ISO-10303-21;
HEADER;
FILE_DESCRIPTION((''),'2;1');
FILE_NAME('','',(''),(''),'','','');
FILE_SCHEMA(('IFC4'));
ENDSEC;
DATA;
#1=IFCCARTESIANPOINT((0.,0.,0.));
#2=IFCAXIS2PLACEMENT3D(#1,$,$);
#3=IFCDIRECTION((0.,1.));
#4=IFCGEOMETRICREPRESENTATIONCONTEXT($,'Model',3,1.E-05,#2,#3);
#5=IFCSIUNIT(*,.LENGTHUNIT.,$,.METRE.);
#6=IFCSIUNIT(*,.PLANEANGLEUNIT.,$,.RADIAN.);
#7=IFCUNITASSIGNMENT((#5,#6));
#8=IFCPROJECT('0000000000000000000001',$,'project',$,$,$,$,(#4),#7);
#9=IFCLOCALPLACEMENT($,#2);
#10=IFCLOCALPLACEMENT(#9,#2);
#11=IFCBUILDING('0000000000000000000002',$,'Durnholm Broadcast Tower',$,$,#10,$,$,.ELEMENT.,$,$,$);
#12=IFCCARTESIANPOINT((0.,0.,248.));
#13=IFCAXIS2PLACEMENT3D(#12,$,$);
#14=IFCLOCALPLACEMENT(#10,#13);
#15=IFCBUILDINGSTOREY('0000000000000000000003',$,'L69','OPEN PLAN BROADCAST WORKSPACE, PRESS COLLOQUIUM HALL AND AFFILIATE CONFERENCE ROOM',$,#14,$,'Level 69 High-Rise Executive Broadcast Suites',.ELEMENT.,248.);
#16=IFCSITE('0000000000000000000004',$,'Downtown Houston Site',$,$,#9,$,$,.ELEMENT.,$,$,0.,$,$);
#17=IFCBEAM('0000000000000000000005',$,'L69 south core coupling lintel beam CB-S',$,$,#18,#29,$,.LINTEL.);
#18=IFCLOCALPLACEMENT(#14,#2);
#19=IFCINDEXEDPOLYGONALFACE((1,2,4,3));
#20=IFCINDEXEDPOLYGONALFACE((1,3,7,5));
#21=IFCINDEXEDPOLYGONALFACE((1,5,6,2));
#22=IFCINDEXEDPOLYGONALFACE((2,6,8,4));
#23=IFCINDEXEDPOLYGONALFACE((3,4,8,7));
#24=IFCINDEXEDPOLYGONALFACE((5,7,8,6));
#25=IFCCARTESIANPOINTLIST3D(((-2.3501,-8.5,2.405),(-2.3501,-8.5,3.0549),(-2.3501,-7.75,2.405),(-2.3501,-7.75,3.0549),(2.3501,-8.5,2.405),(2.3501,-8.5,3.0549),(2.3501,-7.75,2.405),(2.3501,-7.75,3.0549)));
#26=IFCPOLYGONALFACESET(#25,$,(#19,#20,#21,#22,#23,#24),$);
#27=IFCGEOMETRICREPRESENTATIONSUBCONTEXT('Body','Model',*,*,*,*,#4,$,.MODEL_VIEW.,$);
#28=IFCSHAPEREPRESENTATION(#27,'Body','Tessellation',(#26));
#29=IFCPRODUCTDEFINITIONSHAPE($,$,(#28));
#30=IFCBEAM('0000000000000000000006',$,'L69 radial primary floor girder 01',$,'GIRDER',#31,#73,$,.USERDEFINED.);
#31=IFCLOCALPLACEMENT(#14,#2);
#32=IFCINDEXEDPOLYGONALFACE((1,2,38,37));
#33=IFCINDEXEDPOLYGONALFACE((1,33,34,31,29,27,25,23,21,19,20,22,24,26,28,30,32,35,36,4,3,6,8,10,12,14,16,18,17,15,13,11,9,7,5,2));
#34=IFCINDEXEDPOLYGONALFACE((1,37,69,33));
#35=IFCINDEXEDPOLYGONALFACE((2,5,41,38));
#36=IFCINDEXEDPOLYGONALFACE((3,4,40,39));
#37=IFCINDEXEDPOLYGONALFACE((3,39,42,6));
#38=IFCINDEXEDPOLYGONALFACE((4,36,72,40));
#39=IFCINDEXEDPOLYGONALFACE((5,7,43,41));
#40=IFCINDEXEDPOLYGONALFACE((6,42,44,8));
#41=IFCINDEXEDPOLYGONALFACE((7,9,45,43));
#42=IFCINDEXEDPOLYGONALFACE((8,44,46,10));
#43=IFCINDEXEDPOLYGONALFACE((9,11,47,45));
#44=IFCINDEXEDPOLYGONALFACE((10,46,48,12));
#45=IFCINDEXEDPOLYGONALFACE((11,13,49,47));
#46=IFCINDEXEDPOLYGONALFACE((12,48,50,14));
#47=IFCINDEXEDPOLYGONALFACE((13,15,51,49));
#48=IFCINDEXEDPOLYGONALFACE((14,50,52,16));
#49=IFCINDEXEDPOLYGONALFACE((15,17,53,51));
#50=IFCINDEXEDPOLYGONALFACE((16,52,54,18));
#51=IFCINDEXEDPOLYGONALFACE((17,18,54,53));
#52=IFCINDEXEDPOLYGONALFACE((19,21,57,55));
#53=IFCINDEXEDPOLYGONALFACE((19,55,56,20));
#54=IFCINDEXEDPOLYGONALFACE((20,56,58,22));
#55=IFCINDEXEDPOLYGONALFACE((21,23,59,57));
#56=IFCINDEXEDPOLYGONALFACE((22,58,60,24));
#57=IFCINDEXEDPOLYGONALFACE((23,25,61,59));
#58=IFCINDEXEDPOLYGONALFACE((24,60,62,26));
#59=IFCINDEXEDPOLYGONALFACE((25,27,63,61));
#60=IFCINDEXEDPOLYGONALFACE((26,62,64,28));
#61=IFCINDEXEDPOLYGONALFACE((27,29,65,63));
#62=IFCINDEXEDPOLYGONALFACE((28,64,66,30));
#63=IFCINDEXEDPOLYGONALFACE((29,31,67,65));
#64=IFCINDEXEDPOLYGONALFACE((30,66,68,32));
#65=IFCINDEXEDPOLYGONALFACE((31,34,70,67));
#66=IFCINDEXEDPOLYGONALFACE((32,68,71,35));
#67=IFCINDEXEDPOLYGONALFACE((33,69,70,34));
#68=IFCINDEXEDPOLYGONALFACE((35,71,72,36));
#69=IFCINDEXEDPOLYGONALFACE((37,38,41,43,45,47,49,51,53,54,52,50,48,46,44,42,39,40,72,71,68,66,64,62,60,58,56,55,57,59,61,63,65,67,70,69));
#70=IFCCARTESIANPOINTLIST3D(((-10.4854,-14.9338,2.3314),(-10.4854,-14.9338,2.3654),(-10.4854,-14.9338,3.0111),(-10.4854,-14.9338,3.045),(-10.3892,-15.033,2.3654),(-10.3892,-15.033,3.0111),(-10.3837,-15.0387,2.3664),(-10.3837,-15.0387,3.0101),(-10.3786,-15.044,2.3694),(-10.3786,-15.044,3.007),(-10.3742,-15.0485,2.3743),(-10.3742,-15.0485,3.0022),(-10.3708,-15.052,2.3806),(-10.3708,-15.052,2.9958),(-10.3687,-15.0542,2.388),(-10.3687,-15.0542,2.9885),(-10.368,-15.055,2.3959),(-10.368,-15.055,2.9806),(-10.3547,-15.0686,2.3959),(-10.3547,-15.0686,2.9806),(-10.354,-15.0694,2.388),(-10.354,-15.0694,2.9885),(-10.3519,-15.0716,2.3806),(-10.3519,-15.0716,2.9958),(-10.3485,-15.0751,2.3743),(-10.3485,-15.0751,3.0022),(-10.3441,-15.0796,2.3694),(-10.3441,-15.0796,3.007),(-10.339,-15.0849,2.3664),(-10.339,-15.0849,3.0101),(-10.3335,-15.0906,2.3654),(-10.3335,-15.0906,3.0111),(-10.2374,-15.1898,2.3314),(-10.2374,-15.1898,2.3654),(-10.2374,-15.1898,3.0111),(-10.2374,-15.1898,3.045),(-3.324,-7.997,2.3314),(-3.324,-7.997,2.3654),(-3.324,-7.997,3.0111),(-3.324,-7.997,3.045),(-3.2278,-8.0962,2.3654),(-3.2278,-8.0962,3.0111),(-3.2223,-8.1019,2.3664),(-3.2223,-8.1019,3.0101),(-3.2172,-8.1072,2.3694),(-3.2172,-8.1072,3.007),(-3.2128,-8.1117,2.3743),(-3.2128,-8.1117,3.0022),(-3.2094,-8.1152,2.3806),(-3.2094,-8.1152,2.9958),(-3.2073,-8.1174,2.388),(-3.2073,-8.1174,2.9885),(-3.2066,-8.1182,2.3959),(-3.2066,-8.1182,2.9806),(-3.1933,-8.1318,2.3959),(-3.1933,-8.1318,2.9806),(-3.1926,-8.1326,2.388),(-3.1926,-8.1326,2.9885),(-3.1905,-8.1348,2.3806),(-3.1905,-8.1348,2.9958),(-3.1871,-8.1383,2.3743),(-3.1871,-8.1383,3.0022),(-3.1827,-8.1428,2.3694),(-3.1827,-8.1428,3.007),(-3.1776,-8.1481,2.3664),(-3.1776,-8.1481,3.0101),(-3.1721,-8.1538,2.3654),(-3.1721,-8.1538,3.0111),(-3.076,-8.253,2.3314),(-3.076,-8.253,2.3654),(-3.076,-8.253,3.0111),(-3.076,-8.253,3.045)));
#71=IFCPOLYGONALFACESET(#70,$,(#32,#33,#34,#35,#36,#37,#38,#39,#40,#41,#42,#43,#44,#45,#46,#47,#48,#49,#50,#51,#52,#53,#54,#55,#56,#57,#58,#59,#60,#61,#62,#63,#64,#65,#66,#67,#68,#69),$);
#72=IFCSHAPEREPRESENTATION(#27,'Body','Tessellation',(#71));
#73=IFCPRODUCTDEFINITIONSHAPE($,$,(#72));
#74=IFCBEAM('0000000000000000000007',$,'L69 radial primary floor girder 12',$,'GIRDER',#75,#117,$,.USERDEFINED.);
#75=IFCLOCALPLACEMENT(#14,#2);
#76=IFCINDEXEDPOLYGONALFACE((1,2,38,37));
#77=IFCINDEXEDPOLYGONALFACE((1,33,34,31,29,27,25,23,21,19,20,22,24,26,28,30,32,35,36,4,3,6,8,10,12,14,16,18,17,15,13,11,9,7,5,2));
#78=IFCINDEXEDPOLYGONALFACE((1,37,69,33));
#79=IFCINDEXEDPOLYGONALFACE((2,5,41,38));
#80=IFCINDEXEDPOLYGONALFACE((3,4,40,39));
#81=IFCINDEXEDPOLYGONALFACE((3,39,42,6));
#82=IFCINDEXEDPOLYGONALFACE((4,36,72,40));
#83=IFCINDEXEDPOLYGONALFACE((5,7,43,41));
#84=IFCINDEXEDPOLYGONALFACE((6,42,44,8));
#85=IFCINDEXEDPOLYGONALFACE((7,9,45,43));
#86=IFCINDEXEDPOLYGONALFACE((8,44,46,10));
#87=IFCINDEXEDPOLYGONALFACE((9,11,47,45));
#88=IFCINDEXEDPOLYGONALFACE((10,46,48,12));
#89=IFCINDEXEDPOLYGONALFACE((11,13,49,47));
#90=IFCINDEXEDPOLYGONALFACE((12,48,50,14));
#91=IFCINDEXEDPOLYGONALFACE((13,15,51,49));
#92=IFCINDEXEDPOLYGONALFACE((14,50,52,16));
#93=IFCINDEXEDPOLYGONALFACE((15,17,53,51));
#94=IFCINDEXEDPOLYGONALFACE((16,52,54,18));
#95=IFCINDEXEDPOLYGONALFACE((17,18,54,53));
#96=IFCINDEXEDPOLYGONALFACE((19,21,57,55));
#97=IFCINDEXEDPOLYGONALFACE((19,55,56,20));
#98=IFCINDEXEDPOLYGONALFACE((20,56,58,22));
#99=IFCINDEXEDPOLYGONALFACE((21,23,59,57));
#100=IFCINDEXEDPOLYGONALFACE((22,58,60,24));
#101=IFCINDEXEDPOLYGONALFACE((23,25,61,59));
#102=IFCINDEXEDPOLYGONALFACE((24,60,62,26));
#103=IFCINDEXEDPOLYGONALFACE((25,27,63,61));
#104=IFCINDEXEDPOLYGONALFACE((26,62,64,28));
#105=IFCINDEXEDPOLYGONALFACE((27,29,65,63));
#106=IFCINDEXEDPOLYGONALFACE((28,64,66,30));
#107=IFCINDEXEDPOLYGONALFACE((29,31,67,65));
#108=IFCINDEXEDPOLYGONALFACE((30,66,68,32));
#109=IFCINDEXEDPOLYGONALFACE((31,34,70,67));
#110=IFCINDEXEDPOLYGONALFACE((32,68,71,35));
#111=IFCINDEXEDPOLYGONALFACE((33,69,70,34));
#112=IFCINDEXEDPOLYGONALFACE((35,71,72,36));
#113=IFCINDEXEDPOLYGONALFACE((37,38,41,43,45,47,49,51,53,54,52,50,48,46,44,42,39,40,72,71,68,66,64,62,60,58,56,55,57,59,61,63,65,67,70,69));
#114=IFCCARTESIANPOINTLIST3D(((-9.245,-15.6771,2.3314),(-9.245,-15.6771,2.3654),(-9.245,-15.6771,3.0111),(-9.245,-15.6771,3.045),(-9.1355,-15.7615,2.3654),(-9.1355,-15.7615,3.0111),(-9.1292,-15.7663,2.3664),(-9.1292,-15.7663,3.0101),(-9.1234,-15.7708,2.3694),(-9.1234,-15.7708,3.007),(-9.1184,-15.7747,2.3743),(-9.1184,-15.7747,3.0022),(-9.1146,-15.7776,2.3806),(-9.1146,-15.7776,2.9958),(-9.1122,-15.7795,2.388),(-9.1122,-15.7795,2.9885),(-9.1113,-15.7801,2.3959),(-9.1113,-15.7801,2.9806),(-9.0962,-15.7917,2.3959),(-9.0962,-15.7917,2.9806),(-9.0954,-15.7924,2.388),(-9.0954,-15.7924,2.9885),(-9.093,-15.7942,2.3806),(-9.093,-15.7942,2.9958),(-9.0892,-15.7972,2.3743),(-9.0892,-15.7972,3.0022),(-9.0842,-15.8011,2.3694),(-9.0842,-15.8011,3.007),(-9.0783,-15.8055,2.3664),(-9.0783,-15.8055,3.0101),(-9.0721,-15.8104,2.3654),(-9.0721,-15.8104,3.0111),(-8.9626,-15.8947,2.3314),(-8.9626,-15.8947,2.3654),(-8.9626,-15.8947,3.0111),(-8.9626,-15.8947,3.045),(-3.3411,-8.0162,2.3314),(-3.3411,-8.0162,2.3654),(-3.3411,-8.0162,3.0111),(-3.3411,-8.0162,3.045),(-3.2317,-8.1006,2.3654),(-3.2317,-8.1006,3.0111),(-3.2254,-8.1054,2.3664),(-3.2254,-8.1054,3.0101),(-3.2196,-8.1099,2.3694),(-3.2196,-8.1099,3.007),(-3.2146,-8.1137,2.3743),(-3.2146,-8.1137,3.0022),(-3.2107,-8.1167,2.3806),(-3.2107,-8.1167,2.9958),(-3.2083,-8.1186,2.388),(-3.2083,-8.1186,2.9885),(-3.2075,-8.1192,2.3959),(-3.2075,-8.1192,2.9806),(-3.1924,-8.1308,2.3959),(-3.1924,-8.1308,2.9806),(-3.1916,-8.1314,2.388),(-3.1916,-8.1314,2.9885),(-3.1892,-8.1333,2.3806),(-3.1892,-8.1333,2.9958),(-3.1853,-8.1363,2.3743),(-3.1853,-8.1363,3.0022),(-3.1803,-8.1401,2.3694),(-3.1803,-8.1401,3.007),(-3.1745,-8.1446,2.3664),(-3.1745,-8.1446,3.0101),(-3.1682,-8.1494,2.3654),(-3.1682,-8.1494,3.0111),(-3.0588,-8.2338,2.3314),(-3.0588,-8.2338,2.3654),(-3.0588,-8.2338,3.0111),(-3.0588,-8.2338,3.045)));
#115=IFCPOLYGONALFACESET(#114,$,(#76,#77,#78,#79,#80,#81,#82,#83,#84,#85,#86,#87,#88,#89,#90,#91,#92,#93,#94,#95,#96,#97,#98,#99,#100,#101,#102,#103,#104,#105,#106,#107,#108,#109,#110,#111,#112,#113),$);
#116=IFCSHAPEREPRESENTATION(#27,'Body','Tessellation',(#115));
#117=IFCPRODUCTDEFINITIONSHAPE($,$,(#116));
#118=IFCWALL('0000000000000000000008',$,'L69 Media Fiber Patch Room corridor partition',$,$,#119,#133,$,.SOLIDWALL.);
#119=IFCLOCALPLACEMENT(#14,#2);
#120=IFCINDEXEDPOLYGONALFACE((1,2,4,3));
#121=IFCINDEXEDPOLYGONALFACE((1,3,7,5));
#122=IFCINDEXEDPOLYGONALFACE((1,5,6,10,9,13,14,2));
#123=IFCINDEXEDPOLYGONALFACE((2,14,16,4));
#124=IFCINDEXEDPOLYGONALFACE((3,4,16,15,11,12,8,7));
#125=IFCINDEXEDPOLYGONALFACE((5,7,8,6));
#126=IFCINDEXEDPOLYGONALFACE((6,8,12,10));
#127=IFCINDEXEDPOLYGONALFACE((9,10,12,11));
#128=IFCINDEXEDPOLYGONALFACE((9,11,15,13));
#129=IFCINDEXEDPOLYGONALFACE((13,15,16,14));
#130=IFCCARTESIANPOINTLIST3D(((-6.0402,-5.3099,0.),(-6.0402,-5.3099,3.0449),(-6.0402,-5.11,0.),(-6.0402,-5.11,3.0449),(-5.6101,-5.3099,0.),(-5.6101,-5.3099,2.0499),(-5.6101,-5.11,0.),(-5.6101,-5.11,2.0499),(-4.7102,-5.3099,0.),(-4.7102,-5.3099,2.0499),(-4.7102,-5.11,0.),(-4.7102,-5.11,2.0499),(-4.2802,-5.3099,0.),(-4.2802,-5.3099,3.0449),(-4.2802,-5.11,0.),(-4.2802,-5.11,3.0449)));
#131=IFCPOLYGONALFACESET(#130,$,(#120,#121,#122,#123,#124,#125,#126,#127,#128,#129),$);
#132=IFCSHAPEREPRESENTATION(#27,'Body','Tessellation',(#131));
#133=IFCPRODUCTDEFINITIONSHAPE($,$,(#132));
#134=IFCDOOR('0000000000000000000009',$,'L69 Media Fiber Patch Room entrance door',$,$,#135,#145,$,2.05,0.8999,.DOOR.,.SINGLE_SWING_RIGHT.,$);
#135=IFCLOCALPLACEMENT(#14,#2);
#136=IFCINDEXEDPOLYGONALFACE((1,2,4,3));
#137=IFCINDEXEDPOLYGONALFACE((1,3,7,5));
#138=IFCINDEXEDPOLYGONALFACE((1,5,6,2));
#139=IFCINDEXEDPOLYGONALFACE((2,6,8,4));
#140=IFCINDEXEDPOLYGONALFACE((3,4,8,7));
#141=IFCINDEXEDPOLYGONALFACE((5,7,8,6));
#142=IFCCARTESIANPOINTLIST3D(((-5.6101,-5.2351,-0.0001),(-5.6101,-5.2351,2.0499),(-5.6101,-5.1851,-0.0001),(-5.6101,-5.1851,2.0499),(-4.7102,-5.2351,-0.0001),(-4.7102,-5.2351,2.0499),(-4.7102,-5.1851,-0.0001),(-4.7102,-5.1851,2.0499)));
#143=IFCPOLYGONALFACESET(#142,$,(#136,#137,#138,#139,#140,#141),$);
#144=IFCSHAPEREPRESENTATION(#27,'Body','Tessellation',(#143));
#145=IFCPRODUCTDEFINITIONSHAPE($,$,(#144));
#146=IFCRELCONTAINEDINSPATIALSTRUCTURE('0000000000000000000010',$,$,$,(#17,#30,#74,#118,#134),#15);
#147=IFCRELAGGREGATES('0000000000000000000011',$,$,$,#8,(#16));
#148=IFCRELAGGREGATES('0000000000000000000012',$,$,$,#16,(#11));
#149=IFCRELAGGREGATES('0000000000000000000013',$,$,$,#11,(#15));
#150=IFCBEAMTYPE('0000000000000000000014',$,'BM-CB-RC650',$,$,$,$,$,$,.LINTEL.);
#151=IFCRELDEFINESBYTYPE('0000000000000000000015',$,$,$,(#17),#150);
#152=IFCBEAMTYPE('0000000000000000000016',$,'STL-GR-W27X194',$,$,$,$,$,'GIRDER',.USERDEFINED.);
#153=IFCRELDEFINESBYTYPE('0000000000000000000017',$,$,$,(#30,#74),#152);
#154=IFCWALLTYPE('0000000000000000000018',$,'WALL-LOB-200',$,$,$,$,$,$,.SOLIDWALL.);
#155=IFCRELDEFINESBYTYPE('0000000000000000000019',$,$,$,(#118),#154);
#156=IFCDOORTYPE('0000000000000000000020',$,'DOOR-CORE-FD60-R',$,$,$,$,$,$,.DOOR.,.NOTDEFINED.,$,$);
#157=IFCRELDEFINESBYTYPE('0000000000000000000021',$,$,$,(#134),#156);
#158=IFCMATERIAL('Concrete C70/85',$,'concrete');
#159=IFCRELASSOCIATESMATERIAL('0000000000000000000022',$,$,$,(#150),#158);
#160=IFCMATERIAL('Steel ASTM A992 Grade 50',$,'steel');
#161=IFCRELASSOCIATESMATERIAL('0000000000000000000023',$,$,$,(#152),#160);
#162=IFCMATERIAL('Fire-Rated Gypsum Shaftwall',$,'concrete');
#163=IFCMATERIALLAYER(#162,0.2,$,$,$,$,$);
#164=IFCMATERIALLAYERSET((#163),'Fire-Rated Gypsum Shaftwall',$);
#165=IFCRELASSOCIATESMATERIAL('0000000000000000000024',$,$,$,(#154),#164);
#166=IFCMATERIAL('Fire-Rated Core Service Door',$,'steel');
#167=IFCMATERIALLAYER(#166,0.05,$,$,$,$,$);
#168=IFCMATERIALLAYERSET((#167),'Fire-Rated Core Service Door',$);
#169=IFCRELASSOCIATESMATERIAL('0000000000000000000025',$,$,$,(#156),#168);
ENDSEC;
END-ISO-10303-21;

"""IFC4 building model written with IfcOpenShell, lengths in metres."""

from ifc_helpers import new_model, si_unit, direction, frame, frame_2d, origin, origin_2d, place, context, subcontext, project, spatial, rectangle, i_section, extrude, source, transform, mapped, material, layer, layer_set, material_profile, profile_set, type_object, type_shapes, element, fill, save


model = new_model("IFC4")

# Units and contexts
model_context = context("Model", 3, precision=1e-05, world=origin(), true_north=direction((0.0, 1.0)))
body_context = subcontext(model_context, "Body", "Model", "MODEL_VIEW")
ifc_project = project(units=[si_unit("LENGTHUNIT", "METRE"), si_unit("PLANEANGLEUNIT", "RADIAN")], contexts=[model_context])

# Site, building, storey
site_placement = place(None, origin())
site = spatial("IfcSite", under=ifc_project, at=site_placement, Name="Downtown Houston Site", CompositionType="ELEMENT", RefElevation=0.0)
building_placement = place(site_placement, origin())
building = spatial("IfcBuilding", under=site, at=building_placement, Name="Durnholm Broadcast Tower", CompositionType="ELEMENT")
storey_placement = place(building_placement, frame((0.0, 0.0, 248.0)))
storey = spatial("IfcBuildingStorey", under=building, at=storey_placement, Name="L69", Description="OPEN PLAN BROADCAST WORKSPACE, PRESS COLLOQUIUM HALL AND AFFILIATE CONFERENCE ROOM", LongName="Level 69 High-Rise Executive Broadcast Suites", CompositionType="ELEMENT", Elevation=248.0)

# Beams
ifc_material_1 = material(Name="Concrete C70/85", Category="concrete")
ifc_material_profile_1 = material_profile(ifc_material_1, rectangle(XDim=0.75, YDim=0.6499, at=origin_2d()), Name="RC750X650")
ifc_profile_set_1 = profile_set([ifc_material_profile_1], Name="Concrete C70/85")
beam_type_1 = type_object("IfcBeamType", Name="BM-CB-RC650", PredefinedType="LINTEL", material=ifc_profile_set_1)
shared_shape_1 = source(origin(), body_context, "Body", "SweptSolid", [
    extrude(rectangle(XDim=0.75, YDim=0.6499, at=origin_2d()), origin(), (0.0, 0.0, 1.0), 4.7002),
])
type_shapes(beam_type_1, [shared_shape_1])
beam_1_placement = place(storey_placement, frame((-2.3501, -8.125, 2.73), z_axis=(1.0, 0.0, 0.0), x_axis=(0.0, 1.0, 0.0)))
element("IfcBeam", 1, at=beam_1_placement, inside=storey, type_object=beam_type_1, Name="L69 south core coupling lintel beam CB-S", PredefinedType="LINTEL", context=body_context, shape_type="MappedRepresentation", body=[
    mapped(shared_shape_1, transform((0.0, 0.0, 0.0), x_axis=(1.0, 0.0, 0.0), y_axis=(0.0, 1.0, 0.0), z_axis=(0.0, 0.0, 1.0), scale=1.0)),
])
ifc_material_2 = material(Name="Steel ASTM A992 Grade 50", Category="steel")
ifc_material_profile_2 = material_profile(ifc_material_2, i_section(OverallWidth=0.3564, OverallDepth=0.7136, WebThickness=0.019, FlangeThickness=0.0339, FilletRadius=0.0305, at=origin_2d()), Name="W27X194")
ifc_profile_set_2 = profile_set([ifc_material_profile_2], Name="Steel ASTM A992 Grade 50")
beam_type_2 = type_object("IfcBeamType", Name="STL-GR-W27X194", ElementType="GIRDER", PredefinedType="USERDEFINED", material=ifc_profile_set_2)
shared_shape_2 = source(origin(), body_context, "Body", "SweptSolid", [
    extrude(i_section(OverallWidth=0.3564, OverallDepth=0.7136, WebThickness=0.019, FlangeThickness=0.0339, FilletRadius=0.0305, at=origin_2d()), origin(), (0.0, 0.0, 1.0), 9.9702),
])
beam_2_placement = place(storey_placement, frame((-3.2, -8.125, 2.6882), z_axis=(-0.718281, -0.695753, 0.0), x_axis=(0.695753, -0.718281, 0.0)))
element("IfcBeam", 2, at=beam_2_placement, inside=storey, type_object=beam_type_2, Name="L69 radial primary floor girder 01", ObjectType="GIRDER", PredefinedType="USERDEFINED", context=body_context, shape_type="MappedRepresentation", body=[
    mapped(shared_shape_2, transform((0.0, 0.0, 0.0), x_axis=(1.0, 0.0, 0.0), y_axis=(0.0, 1.0, 0.0), z_axis=(0.0, 0.0, 1.0), scale=1.0)),
])
shared_shape_3 = source(origin(), body_context, "Body", "SweptSolid", [
    extrude(i_section(OverallWidth=0.3564, OverallDepth=0.7136, WebThickness=0.019, FlangeThickness=0.0339, FilletRadius=0.0305, at=origin_2d()), origin(), (0.0, 0.0, 1.0), 9.6719),
])
type_shapes(beam_type_2, [shared_shape_2, shared_shape_3])
beam_3_placement = place(storey_placement, frame((-3.2, -8.125, 2.6882), z_axis=(-0.610413, -0.792083, 0.0), x_axis=(0.792083, -0.610413, 0.0)))
element("IfcBeam", 3, at=beam_3_placement, inside=storey, type_object=beam_type_2, Name="L69 radial primary floor girder 12", ObjectType="GIRDER", PredefinedType="USERDEFINED", context=body_context, shape_type="MappedRepresentation", body=[
    mapped(shared_shape_3, transform((0.0, 0.0, 0.0), x_axis=(1.0, 0.0, 0.0), y_axis=(0.0, 1.0, 0.0), z_axis=(0.0, 0.0, 1.0), scale=1.0)),
])

# Wall, opening, door
ifc_material_3 = material(Name="Fire-Rated Gypsum Shaftwall", Category="concrete")
ifc_layer_1 = layer(ifc_material_3, 0.2)
ifc_layer_set_1 = layer_set([ifc_layer_1], Name="Fire-Rated Gypsum Shaftwall")
wall_type_1 = type_object("IfcWallType", Name="WALL-LOB-200", PredefinedType="SOLIDWALL", material=ifc_layer_set_1)
wall_1_placement = place(storey_placement, frame((-6.04, -5.21, 0.0), z_axis=(0.0, 0.0, 1.0), x_axis=(1.0, 0.0, 0.0)))
wall_1 = element("IfcWall", 4, at=wall_1_placement, inside=storey, type_object=wall_type_1, Name="L69 Media Fiber Patch Room corridor partition", PredefinedType="SOLIDWALL", context=body_context, shape_type="SweptSolid", body=[
    extrude(rectangle(XDim=1.76, YDim=0.2, at=frame_2d((0.8799, 0.0))), origin(), (0.0, 0.0, 1.0), 3.0449),
])
opening_1_placement = place(wall_1_placement, frame((0.4299, 0.0, 0.0)))
opening_1 = element("IfcOpeningElement", 5, at=opening_1_placement, cuts=wall_1, PredefinedType="OPENING", context=body_context, shape_type="SweptSolid", body=[
    extrude(rectangle(XDim=0.8999, YDim=2.05, at=frame_2d((0.45, 1.0249))), frame((0.0, 0.1099, 0.0), z_axis=(0.0, -1.0, 0.0), x_axis=(1.0, 0.0, 0.0)), (0.0, 0.0, 1.0), 0.22),
])
ifc_material_4 = material(Name="Fire-Rated Core Service Door", Category="steel")
ifc_layer_2 = layer(ifc_material_4, 0.05)
ifc_layer_set_2 = layer_set([ifc_layer_2], Name="Fire-Rated Core Service Door")
door_type_1 = type_object("IfcDoorType", Name="DOOR-CORE-FD60-R", OperationType="NOTDEFINED", PredefinedType="DOOR", material=ifc_layer_set_2)
shared_shape_4 = source(origin(), body_context, "Body", "SweptSolid", [
    extrude(rectangle(XDim=0.8999, YDim=2.05, at=frame_2d((0.45, 1.0249))), frame((0.0, 0.0249, 0.0), z_axis=(0.0, -1.0, 0.0), x_axis=(1.0, 0.0, 0.0)), (0.0, 0.0, 1.0), 0.05),
])
type_shapes(door_type_1, [shared_shape_4])
door_1_placement = place(opening_1_placement, origin())
door_1 = element("IfcDoor", 6, at=door_1_placement, inside=storey, type_object=door_type_1, Name="L69 Media Fiber Patch Room entrance door", OperationType="SINGLE_SWING_RIGHT", OverallHeight=2.05, OverallWidth=0.8999, PredefinedType="DOOR", context=body_context, shape_type="MappedRepresentation", body=[
    mapped(shared_shape_4, transform((0.0, 0.0, 0.0), x_axis=(1.0, 0.0, 0.0), y_axis=(0.0, 1.0, 0.0), z_axis=(0.0, 0.0, 1.0), scale=1.0)),
])
fill(opening_1, door_1)

save(model, "model.ifc")
